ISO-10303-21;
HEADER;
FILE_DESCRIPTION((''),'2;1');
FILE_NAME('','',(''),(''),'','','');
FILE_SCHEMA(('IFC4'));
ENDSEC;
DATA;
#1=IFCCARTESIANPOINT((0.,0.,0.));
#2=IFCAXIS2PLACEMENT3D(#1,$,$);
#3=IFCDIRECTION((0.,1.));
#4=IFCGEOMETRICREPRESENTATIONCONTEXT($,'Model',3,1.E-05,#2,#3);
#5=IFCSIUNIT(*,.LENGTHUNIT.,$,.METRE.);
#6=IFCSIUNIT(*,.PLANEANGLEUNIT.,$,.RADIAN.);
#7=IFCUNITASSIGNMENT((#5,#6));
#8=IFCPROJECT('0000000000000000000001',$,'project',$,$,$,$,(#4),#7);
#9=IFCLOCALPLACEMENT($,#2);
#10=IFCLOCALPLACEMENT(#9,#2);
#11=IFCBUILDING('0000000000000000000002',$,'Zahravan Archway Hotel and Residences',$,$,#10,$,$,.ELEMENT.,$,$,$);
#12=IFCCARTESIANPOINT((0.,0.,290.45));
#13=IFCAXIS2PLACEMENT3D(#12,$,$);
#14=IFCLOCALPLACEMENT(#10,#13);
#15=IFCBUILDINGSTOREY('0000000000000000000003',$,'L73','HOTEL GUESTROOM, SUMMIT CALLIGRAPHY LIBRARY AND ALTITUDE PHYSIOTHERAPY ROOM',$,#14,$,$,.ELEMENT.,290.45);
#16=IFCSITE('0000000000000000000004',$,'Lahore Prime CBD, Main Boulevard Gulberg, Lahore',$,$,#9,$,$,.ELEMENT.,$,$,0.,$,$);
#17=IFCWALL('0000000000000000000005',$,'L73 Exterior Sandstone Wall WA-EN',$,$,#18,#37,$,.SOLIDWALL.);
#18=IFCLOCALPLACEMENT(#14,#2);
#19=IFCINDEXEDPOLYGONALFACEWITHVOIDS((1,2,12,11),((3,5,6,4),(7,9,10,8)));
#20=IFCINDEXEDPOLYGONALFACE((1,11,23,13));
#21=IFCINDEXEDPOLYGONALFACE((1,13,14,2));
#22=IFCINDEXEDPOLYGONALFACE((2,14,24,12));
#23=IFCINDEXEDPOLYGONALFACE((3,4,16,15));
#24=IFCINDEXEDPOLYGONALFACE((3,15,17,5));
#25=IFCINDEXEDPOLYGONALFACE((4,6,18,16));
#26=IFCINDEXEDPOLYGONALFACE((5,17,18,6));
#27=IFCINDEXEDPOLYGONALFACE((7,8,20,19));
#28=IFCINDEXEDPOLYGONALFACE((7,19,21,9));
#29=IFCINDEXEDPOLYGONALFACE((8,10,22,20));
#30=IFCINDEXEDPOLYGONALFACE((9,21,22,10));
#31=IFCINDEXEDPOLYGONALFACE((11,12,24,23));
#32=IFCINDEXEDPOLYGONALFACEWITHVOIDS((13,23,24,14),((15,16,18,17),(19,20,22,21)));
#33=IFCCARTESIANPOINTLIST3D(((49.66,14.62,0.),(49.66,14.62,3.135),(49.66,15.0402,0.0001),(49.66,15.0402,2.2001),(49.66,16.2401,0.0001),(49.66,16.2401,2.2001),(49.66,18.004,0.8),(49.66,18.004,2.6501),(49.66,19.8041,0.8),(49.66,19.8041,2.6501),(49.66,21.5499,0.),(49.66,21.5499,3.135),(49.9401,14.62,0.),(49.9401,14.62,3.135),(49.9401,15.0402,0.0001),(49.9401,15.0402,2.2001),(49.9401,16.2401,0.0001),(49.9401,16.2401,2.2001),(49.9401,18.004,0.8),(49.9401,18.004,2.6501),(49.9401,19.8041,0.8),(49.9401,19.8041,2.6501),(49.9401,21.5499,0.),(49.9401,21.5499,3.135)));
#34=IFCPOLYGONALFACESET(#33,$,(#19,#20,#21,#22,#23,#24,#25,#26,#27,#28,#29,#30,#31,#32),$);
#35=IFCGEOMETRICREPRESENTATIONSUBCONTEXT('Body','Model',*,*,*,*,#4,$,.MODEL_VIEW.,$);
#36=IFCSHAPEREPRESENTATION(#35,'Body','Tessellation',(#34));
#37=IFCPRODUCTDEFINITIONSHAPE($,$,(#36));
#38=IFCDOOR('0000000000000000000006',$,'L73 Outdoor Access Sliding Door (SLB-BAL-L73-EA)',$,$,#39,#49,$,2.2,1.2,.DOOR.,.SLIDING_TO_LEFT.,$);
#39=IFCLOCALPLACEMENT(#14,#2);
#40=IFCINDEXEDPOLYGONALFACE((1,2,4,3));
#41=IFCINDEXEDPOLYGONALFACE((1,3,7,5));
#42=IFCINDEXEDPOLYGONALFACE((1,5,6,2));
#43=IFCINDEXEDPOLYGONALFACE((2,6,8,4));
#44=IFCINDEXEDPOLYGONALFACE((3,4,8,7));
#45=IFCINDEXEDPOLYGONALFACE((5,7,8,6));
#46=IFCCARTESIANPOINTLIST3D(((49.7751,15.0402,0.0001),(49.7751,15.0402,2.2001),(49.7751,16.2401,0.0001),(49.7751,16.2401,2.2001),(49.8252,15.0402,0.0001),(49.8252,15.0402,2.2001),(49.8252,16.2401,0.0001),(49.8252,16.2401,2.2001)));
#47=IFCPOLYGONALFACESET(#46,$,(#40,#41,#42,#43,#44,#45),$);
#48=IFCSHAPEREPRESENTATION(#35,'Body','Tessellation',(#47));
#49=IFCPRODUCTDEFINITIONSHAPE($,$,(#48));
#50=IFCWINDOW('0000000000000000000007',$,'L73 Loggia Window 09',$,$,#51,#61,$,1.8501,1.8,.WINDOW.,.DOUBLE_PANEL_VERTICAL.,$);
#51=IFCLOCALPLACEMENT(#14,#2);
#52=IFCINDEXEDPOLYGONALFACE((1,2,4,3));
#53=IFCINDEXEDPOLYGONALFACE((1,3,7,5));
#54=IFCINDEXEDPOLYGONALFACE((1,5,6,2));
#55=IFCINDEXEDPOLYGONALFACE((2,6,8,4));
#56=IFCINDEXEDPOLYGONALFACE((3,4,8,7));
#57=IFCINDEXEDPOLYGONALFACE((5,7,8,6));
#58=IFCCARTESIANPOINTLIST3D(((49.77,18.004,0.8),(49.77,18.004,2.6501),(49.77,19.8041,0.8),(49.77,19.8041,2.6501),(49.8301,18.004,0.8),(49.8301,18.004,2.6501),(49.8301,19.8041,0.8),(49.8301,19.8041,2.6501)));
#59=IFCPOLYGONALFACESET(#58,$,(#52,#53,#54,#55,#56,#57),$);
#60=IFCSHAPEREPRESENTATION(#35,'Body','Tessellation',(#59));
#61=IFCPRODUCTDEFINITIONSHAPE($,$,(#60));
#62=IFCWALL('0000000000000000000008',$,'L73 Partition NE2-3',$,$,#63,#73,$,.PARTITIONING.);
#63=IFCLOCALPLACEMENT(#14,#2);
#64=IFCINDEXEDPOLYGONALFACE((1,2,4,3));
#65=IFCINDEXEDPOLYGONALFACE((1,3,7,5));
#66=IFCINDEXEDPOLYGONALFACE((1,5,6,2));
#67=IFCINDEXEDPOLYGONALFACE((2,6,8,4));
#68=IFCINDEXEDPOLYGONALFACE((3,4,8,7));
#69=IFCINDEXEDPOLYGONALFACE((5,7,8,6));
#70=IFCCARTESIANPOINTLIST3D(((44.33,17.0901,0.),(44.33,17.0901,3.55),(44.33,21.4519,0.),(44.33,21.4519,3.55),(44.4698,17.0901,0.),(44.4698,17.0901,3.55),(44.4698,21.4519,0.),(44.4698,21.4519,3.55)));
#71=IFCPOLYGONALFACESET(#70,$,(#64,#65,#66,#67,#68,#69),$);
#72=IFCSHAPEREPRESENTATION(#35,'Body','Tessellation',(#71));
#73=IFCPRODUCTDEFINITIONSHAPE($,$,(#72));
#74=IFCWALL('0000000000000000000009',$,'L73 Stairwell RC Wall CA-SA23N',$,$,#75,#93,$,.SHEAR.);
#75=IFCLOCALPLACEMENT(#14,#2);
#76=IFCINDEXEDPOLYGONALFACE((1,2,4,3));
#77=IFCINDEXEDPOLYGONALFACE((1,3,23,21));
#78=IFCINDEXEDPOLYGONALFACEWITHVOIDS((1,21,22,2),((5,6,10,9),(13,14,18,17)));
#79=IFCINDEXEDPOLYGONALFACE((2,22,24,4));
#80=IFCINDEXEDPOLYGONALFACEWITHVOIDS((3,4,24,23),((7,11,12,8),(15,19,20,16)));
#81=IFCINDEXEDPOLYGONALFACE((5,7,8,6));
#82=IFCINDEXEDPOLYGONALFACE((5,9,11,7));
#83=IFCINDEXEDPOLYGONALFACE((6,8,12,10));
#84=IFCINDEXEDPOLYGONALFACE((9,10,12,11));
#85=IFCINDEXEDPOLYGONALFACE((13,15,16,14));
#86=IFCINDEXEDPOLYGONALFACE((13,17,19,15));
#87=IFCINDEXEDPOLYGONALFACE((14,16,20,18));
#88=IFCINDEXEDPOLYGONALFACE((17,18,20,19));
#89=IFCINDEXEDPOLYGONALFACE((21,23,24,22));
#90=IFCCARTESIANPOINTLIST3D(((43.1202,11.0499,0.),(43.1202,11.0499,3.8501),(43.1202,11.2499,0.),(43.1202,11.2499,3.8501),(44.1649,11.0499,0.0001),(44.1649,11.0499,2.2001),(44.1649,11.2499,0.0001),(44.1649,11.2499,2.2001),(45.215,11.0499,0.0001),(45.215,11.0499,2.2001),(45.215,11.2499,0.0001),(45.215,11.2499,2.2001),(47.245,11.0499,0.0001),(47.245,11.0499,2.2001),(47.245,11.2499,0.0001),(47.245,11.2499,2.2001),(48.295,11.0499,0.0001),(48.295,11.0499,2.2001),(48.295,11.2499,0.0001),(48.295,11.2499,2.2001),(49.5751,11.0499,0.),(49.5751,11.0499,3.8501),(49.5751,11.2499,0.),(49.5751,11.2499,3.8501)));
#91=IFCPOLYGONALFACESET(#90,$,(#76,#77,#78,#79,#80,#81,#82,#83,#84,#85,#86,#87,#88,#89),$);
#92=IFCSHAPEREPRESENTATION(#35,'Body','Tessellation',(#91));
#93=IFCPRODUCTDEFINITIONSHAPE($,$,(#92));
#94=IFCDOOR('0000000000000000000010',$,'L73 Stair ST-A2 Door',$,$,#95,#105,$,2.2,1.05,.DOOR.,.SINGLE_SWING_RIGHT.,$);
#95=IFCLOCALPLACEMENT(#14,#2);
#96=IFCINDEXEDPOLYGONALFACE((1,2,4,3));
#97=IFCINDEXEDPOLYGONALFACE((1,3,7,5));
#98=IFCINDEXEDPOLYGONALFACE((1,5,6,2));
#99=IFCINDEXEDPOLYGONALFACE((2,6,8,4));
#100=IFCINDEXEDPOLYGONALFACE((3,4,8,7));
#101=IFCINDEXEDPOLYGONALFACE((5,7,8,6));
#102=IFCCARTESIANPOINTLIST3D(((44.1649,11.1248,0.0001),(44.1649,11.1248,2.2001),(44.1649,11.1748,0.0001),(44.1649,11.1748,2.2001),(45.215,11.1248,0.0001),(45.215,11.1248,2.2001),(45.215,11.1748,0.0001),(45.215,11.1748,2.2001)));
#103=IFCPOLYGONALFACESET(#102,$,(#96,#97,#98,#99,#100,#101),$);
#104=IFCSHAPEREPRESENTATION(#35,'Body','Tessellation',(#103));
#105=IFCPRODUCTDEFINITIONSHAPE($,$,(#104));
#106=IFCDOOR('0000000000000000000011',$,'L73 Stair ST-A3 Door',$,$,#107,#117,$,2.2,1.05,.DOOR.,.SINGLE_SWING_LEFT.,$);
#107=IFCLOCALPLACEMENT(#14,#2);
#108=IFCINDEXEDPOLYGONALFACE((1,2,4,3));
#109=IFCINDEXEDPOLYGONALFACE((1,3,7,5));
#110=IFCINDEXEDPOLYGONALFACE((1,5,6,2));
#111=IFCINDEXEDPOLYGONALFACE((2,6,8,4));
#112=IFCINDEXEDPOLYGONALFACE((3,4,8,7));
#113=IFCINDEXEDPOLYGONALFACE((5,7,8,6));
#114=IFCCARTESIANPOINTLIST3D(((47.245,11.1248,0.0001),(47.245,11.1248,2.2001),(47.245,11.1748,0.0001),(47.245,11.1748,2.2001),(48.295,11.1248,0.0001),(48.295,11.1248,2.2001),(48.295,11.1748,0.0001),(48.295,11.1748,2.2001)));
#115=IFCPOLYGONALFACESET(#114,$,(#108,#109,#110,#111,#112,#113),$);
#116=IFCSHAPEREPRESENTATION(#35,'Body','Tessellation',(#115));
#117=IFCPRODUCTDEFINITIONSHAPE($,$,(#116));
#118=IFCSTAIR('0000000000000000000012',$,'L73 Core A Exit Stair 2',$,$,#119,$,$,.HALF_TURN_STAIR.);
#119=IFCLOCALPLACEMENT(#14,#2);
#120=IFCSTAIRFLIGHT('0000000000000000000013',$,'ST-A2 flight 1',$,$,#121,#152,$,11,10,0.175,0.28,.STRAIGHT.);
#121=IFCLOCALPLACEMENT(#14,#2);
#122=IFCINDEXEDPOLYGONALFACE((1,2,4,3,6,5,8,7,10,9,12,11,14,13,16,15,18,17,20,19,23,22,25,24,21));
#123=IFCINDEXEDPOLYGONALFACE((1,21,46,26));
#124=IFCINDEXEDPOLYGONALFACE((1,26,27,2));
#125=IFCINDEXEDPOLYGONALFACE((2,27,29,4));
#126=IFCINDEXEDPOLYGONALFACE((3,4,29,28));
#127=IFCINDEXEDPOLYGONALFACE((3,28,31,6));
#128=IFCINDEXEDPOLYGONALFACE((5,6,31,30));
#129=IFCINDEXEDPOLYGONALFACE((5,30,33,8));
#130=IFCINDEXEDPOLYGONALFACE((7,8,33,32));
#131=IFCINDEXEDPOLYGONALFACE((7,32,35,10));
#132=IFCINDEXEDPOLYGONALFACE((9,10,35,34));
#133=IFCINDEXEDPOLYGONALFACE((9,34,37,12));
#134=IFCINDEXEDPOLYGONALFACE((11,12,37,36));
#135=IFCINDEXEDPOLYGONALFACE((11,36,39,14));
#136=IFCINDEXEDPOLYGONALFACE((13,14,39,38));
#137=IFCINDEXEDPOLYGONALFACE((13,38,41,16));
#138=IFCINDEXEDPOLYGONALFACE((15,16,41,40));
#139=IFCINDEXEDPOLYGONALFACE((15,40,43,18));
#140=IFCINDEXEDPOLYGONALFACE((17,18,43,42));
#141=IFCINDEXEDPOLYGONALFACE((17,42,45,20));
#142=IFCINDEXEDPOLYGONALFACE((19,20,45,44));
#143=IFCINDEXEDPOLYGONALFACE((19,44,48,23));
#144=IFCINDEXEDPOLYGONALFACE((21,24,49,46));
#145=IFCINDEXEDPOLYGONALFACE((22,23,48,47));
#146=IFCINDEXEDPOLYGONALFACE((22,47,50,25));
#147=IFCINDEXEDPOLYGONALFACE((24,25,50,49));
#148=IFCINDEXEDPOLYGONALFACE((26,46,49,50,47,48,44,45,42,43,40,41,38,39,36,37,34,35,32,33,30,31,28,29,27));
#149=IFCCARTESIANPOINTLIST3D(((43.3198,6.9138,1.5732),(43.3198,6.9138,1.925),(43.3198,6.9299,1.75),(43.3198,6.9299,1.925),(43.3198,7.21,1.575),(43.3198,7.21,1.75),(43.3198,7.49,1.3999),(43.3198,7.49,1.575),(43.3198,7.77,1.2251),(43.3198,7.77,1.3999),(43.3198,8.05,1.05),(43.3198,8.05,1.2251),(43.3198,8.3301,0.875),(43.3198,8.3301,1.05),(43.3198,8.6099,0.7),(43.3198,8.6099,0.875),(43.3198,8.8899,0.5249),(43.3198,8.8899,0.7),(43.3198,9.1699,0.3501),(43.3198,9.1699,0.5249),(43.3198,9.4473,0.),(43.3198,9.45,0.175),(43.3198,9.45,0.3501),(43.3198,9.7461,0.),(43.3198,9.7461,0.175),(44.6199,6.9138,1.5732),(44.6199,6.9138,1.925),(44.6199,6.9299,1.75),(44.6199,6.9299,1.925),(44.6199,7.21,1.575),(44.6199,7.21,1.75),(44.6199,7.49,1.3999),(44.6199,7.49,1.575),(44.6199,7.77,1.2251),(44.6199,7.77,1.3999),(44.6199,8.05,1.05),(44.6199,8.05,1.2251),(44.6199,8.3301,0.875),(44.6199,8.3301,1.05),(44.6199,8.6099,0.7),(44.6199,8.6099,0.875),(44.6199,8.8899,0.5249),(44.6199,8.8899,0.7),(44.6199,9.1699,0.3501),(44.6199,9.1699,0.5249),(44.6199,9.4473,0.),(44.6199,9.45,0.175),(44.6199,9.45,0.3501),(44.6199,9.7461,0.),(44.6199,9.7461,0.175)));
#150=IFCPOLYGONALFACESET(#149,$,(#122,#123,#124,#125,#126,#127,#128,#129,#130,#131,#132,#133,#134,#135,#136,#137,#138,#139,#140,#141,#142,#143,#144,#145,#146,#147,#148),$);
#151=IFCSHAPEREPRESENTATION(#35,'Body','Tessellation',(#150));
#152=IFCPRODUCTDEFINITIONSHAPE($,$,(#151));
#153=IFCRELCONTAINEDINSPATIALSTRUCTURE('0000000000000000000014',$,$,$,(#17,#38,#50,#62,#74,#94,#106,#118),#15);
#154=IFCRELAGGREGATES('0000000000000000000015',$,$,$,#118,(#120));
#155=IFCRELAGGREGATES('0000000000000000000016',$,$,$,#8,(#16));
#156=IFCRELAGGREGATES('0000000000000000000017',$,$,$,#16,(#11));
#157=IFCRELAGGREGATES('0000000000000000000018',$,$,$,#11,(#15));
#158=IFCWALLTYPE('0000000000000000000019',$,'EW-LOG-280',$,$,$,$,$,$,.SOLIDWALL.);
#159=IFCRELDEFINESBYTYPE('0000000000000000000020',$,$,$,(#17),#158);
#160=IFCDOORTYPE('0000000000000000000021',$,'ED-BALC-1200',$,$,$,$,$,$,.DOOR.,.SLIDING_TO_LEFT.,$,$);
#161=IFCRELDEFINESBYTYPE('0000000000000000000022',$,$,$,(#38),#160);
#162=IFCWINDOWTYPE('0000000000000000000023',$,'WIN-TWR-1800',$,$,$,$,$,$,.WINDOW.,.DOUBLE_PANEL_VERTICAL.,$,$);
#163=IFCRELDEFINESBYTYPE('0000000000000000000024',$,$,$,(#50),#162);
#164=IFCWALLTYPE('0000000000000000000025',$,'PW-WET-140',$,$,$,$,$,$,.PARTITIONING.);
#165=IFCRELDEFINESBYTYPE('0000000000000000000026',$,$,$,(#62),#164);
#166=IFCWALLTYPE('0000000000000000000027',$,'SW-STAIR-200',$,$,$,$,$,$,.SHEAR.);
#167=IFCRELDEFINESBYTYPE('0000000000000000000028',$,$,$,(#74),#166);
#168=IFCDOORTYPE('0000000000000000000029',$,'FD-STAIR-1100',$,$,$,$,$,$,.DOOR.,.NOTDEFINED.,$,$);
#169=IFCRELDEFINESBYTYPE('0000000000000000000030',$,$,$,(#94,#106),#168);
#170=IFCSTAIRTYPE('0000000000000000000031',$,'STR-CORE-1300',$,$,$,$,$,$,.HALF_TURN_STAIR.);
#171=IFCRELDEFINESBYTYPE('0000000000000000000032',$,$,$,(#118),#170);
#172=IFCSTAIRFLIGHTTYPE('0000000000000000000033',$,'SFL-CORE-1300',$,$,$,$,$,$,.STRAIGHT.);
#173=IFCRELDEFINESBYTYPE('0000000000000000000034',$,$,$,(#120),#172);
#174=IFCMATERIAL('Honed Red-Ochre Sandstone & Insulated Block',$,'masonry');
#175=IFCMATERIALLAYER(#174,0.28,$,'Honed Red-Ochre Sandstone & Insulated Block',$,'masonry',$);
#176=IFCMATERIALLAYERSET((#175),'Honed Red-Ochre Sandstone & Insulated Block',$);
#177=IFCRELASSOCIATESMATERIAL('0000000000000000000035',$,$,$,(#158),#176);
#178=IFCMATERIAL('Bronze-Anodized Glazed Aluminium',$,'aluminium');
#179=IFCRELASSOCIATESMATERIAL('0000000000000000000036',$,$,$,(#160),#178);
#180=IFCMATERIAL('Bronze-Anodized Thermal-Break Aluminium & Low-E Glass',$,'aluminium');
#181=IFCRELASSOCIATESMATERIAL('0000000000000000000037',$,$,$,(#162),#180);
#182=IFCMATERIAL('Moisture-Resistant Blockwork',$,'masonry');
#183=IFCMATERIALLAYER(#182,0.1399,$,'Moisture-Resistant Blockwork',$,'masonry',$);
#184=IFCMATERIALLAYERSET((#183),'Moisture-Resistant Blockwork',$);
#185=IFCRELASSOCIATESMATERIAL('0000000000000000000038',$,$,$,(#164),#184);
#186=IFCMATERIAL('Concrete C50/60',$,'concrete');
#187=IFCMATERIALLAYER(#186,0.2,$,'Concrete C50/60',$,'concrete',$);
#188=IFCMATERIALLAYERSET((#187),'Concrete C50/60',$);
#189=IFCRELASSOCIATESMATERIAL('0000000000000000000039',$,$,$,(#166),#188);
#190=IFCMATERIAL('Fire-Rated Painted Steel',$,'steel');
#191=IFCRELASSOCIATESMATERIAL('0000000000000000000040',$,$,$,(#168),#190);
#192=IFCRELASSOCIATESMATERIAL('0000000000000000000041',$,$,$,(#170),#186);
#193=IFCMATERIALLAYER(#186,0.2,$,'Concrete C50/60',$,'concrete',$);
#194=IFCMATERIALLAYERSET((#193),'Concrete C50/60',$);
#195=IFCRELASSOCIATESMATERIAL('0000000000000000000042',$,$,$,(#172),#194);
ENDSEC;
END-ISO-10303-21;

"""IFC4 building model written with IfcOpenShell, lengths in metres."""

from ifc_helpers import new_model, si_unit, direction, frame, frame_2d, origin, place, context, subcontext, project, spatial, polyline, rectangle, outline, extrude, source, transform, mapped, material, layer, layer_set, type_object, type_shapes, element, fill, aggregate, save


model = new_model("IFC4")

# Units and contexts
model_context = context("Model", 3, precision=1e-05, world=origin(), true_north=direction((0.0, 1.0)))
body_context = subcontext(model_context, "Body", "Model", "MODEL_VIEW")
ifc_project = project(units=[si_unit("LENGTHUNIT", "METRE"), si_unit("PLANEANGLEUNIT", "RADIAN")], contexts=[model_context])

# Site, building, storey
site_placement = place(None, origin())
site = spatial("IfcSite", under=ifc_project, at=site_placement, Name="Lahore Prime CBD, Main Boulevard Gulberg, Lahore", CompositionType="ELEMENT", RefElevation=0.0)
building_placement = place(site_placement, origin())
building = spatial("IfcBuilding", under=site, at=building_placement, Name="Zahravan Archway Hotel and Residences", CompositionType="ELEMENT")
storey_placement = place(building_placement, frame((0.0, 0.0, 290.45)))
storey = spatial("IfcBuildingStorey", under=building, at=storey_placement, Name="L73", Description="HOTEL GUESTROOM, SUMMIT CALLIGRAPHY LIBRARY AND ALTITUDE PHYSIOTHERAPY ROOM", CompositionType="ELEMENT", Elevation=290.45)

# Shared definitions
ifc_material_1 = material(Name="Concrete C50/60", Category="concrete")

# Wall, openings, door, window
ifc_material_2 = material(Name="Honed Red-Ochre Sandstone & Insulated Block", Category="masonry")
ifc_layer_1 = layer(ifc_material_2, 0.28, Name="Honed Red-Ochre Sandstone & Insulated Block", Category="masonry")
ifc_layer_set_1 = layer_set([ifc_layer_1], Name="Honed Red-Ochre Sandstone & Insulated Block")
wall_type_1 = type_object("IfcWallType", Name="EW-LOG-280", PredefinedType="SOLIDWALL", material=ifc_layer_set_1)
wall_1_placement = place(storey_placement, frame((49.8, 14.6201, 0.0), z_axis=(0.0, 0.0, 1.0), x_axis=(0.0, 1.0, 0.0)))
wall_1 = element("IfcWall", 1, at=wall_1_placement, inside=storey, type_object=wall_type_1, Name="L73 Exterior Sandstone Wall WA-EN", PredefinedType="SOLIDWALL", context=body_context, shape_type="SweptSolid", body=[
    extrude(rectangle(XDim=6.9299, YDim=0.28, at=frame_2d((3.4648, 0.0))), origin(), (0.0, 0.0, 1.0), 3.135),
])
opening_1_placement = place(wall_1_placement, frame((0.4199, 0.0, 0.0)))
opening_1 = element("IfcOpeningElement", 2, at=opening_1_placement, cuts=wall_1, PredefinedType="OPENING", context=body_context, shape_type="SweptSolid", body=[
    extrude(rectangle(XDim=1.2, YDim=2.2, at=frame_2d((0.6001, 1.1001))), frame((0.0, 0.1499, 0.0), z_axis=(0.0, -1.0, 0.0), x_axis=(1.0, 0.0, 0.0)), (0.0, 0.0, 1.0), 0.3),
])
opening_2_placement = place(wall_1_placement, frame((3.384, 0.0, 0.8)))
opening_2 = element("IfcOpeningElement", 3, at=opening_2_placement, cuts=wall_1, PredefinedType="OPENING", context=body_context, shape_type="SweptSolid", body=[
    extrude(rectangle(XDim=1.8, YDim=1.8501, at=frame_2d((0.8999, 0.925))), frame((0.0, 0.1499, 0.0), z_axis=(0.0, -1.0, 0.0), x_axis=(1.0, 0.0, 0.0)), (0.0, 0.0, 1.0), 0.3),
])
ifc_material_3 = material(Name="Bronze-Anodized Glazed Aluminium", Category="aluminium")
door_type_1 = type_object("IfcDoorType", Name="ED-BALC-1200", OperationType="SLIDING_TO_LEFT", PredefinedType="DOOR", material=ifc_material_3)
shared_shape_1 = source(origin(), body_context, "Body", "SweptSolid", [
    extrude(rectangle(XDim=1.2, YDim=2.2, at=frame_2d((0.6001, 1.1001))), frame((0.0, 0.0249, 0.0), z_axis=(0.0, -1.0, 0.0), x_axis=(1.0, 0.0, 0.0)), (0.0, 0.0, 1.0), 0.05),
])
type_shapes(door_type_1, [shared_shape_1])
door_1_placement = place(opening_1_placement, origin())
door_1 = element("IfcDoor", 4, at=door_1_placement, inside=storey, type_object=door_type_1, Name="L73 Outdoor Access Sliding Door (SLB-BAL-L73-EA)", OperationType="SLIDING_TO_LEFT", OverallHeight=2.2, OverallWidth=1.2, PredefinedType="DOOR", context=body_context, shape_type="MappedRepresentation", body=[
    mapped(shared_shape_1, transform((0.0, 0.0, 0.0), scale=1.0)),
])
fill(opening_1, door_1)
ifc_material_4 = material(Name="Bronze-Anodized Thermal-Break Aluminium & Low-E Glass", Category="aluminium")
window_type = type_object("IfcWindowType", Name="WIN-TWR-1800", PartitioningType="DOUBLE_PANEL_VERTICAL", PredefinedType="WINDOW", material=ifc_material_4)
shared_shape_2 = source(origin(), body_context, "Body", "SweptSolid", [
    extrude(rectangle(XDim=1.8, YDim=1.8501, at=frame_2d((0.8999, 0.925))), frame((0.0, 0.03, 0.0), z_axis=(0.0, -1.0, 0.0), x_axis=(1.0, 0.0, 0.0)), (0.0, 0.0, 1.0), 0.0601),
])
type_shapes(window_type, [shared_shape_2])
window_placement = place(opening_2_placement, origin())
window = element("IfcWindow", 5, at=window_placement, inside=storey, type_object=window_type, Name="L73 Loggia Window 09", OverallHeight=1.8501, OverallWidth=1.8, PartitioningType="DOUBLE_PANEL_VERTICAL", PredefinedType="WINDOW", context=body_context, shape_type="MappedRepresentation", body=[
    mapped(shared_shape_2, transform((0.0, 0.0, 0.0), scale=1.0)),
])
fill(opening_2, window)

# Shared definitions
ifc_material_5 = material(Name="Fire-Rated Painted Steel", Category="steel")

# Wall
ifc_material_6 = material(Name="Moisture-Resistant Blockwork", Category="masonry")
ifc_layer_2 = layer(ifc_material_6, 0.1399, Name="Moisture-Resistant Blockwork", Category="masonry")
ifc_layer_set_2 = layer_set([ifc_layer_2], Name="Moisture-Resistant Blockwork")
wall_type_2 = type_object("IfcWallType", Name="PW-WET-140", PredefinedType="PARTITIONING", material=ifc_layer_set_2)
wall_2_placement = place(storey_placement, frame((44.3999, 17.0901, 0.0), z_axis=(0.0, 0.0, 1.0), x_axis=(0.0, 1.0, 0.0)))
element("IfcWall", 6, at=wall_2_placement, inside=storey, type_object=wall_type_2, Name="L73 Partition NE2-3", PredefinedType="PARTITIONING", context=body_context, shape_type="SweptSolid", body=[
    extrude(rectangle(XDim=4.3618, YDim=0.1399, at=frame_2d((2.1809, 0.0))), origin(), (0.0, 0.0, 1.0), 3.55),
])

# Wall, openings, doors
ifc_layer_3 = layer(ifc_material_1, 0.2, Name="Concrete C50/60", Category="concrete")
ifc_layer_set_3 = layer_set([ifc_layer_3], Name="Concrete C50/60")
wall_type_3 = type_object("IfcWallType", Name="SW-STAIR-200", PredefinedType="SHEAR", material=ifc_layer_set_3)
wall_3_placement = place(storey_placement, frame((43.1201, 11.1499, 0.0), z_axis=(0.0, 0.0, 1.0), x_axis=(1.0, 0.0, 0.0)))
wall_3 = element("IfcWall", 7, at=wall_3_placement, inside=storey, type_object=wall_type_3, Name="L73 Stairwell RC Wall CA-SA23N", PredefinedType="SHEAR", context=body_context, shape_type="SweptSolid", body=[
    extrude(rectangle(XDim=6.4548, YDim=0.2, at=frame_2d((3.2275, 0.0))), origin(), (0.0, 0.0, 1.0), 3.8501),
])
opening_3_placement = place(wall_3_placement, frame((1.0449, 0.0, 0.0)))
opening_3 = element("IfcOpeningElement", 8, at=opening_3_placement, cuts=wall_3, PredefinedType="OPENING", context=body_context, shape_type="SweptSolid", body=[
    extrude(rectangle(XDim=1.05, YDim=2.2, at=frame_2d((0.5249, 1.1001))), frame((0.0, 0.1099, 0.0), z_axis=(0.0, -1.0, 0.0), x_axis=(1.0, 0.0, 0.0)), (0.0, 0.0, 1.0), 0.22),
])
opening_4_placement = place(wall_3_placement, frame((4.125, 0.0, 0.0)))
opening_4 = element("IfcOpeningElement", 9, at=opening_4_placement, cuts=wall_3, PredefinedType="OPENING", context=body_context, shape_type="SweptSolid", body=[
    extrude(rectangle(XDim=1.05, YDim=2.2, at=frame_2d((0.5249, 1.1001))), frame((0.0, 0.1099, 0.0), z_axis=(0.0, -1.0, 0.0), x_axis=(1.0, 0.0, 0.0)), (0.0, 0.0, 1.0), 0.22),
])
door_type_2 = type_object("IfcDoorType", Name="FD-STAIR-1100", OperationType="NOTDEFINED", PredefinedType="DOOR", material=ifc_material_5)
shared_shape_3 = source(origin(), body_context, "Body", "SweptSolid", [
    extrude(rectangle(XDim=1.05, YDim=2.2, at=frame_2d((0.5249, 1.1001))), frame((0.0, 0.0249, 0.0), z_axis=(0.0, -1.0, 0.0), x_axis=(1.0, 0.0, 0.0)), (0.0, 0.0, 1.0), 0.05),
])
type_shapes(door_type_2, [shared_shape_3])
door_2_placement = place(opening_3_placement, origin())
door_2 = element("IfcDoor", 10, at=door_2_placement, inside=storey, type_object=door_type_2, Name="L73 Stair ST-A2 Door", OperationType="SINGLE_SWING_RIGHT", OverallHeight=2.2, OverallWidth=1.05, PredefinedType="DOOR", context=body_context, shape_type="MappedRepresentation", body=[
    mapped(shared_shape_3, transform((0.0, 0.0, 0.0), scale=1.0)),
])
fill(opening_3, door_2)
door_3_placement = place(opening_4_placement, origin())
door_3 = element("IfcDoor", 11, at=door_3_placement, inside=storey, type_object=door_type_2, Name="L73 Stair ST-A3 Door", OperationType="SINGLE_SWING_LEFT", OverallHeight=2.2, OverallWidth=1.05, PredefinedType="DOOR", context=body_context, shape_type="MappedRepresentation", body=[
    mapped(shared_shape_3, transform((0.0, 0.0, 0.0), scale=1.0)),
])
fill(opening_4, door_3)

# Stair, stair flight
stair_type = type_object("IfcStairType", Name="STR-CORE-1300", PredefinedType="HALF_TURN_STAIR", material=ifc_material_1)
stair_1_placement = place(storey_placement, origin())
stair_1 = element("IfcStair", 12, at=stair_1_placement, inside=storey, type_object=stair_type, Name="L73 Core A Exit Stair 2", PredefinedType="HALF_TURN_STAIR")
ifc_layer_4 = layer(ifc_material_1, 0.2, Name="Concrete C50/60", Category="concrete")
ifc_layer_set_4 = layer_set([ifc_layer_4], Name="Concrete C50/60")
stair_flight_type = type_object("IfcStairFlightType", Name="SFL-CORE-1300", PredefinedType="STRAIGHT", material=ifc_layer_set_4)
shared_shape_4 = source(origin(), body_context, "Body", "SweptSolid", [
    extrude(outline(polyline([(-0.0161, 0.0), (-0.0161, 0.175), (0.28, 0.175), (0.28, 0.3501), (0.5601, 0.3501), (0.5601, 0.5249), (0.8401, 0.5249), (0.8401, 0.7), (1.1201, 0.7), (1.1201, 0.875), (1.3999, 0.875), (1.3999, 1.05), (1.6799, 1.05), (1.6799, 1.2251), (1.96, 1.2251), (1.96, 1.3999), (2.24, 1.3999), (2.24, 1.575), (2.52, 1.575), (2.52, 1.75), (2.8, 1.75), (2.8, 1.925), (2.8162, 1.925), (2.8162, 1.5732), (0.2827, 0.0), (-0.0161, 0.0)])), frame((0.0, 0.6499, 0.0), z_axis=(0.0, -1.0, 0.0), x_axis=(1.0, 0.0, 0.0)), (0.0, 0.0, 1.0), 1.3),
])
stair_flight_1_placement = place(storey_placement, frame((43.97, 9.73, 0.0), z_axis=(0.0, 0.0, 1.0), x_axis=(0.0, -1.0, 0.0)))
stair_flight_1 = element("IfcStairFlight", 13, at=stair_flight_1_placement, type_object=stair_flight_type, Name="ST-A2 flight 1", NumberOfRisers=11, NumberOfTreads=10, PredefinedType="STRAIGHT", RiserHeight=0.175, TreadLength=0.28, context=body_context, shape_type="MappedRepresentation", body=[
    mapped(shared_shape_4, transform((0.0, 0.0, 0.0), scale=1.0)),
])
aggregate(stair_1, [stair_flight_1])

save(model, "model.ifc")
